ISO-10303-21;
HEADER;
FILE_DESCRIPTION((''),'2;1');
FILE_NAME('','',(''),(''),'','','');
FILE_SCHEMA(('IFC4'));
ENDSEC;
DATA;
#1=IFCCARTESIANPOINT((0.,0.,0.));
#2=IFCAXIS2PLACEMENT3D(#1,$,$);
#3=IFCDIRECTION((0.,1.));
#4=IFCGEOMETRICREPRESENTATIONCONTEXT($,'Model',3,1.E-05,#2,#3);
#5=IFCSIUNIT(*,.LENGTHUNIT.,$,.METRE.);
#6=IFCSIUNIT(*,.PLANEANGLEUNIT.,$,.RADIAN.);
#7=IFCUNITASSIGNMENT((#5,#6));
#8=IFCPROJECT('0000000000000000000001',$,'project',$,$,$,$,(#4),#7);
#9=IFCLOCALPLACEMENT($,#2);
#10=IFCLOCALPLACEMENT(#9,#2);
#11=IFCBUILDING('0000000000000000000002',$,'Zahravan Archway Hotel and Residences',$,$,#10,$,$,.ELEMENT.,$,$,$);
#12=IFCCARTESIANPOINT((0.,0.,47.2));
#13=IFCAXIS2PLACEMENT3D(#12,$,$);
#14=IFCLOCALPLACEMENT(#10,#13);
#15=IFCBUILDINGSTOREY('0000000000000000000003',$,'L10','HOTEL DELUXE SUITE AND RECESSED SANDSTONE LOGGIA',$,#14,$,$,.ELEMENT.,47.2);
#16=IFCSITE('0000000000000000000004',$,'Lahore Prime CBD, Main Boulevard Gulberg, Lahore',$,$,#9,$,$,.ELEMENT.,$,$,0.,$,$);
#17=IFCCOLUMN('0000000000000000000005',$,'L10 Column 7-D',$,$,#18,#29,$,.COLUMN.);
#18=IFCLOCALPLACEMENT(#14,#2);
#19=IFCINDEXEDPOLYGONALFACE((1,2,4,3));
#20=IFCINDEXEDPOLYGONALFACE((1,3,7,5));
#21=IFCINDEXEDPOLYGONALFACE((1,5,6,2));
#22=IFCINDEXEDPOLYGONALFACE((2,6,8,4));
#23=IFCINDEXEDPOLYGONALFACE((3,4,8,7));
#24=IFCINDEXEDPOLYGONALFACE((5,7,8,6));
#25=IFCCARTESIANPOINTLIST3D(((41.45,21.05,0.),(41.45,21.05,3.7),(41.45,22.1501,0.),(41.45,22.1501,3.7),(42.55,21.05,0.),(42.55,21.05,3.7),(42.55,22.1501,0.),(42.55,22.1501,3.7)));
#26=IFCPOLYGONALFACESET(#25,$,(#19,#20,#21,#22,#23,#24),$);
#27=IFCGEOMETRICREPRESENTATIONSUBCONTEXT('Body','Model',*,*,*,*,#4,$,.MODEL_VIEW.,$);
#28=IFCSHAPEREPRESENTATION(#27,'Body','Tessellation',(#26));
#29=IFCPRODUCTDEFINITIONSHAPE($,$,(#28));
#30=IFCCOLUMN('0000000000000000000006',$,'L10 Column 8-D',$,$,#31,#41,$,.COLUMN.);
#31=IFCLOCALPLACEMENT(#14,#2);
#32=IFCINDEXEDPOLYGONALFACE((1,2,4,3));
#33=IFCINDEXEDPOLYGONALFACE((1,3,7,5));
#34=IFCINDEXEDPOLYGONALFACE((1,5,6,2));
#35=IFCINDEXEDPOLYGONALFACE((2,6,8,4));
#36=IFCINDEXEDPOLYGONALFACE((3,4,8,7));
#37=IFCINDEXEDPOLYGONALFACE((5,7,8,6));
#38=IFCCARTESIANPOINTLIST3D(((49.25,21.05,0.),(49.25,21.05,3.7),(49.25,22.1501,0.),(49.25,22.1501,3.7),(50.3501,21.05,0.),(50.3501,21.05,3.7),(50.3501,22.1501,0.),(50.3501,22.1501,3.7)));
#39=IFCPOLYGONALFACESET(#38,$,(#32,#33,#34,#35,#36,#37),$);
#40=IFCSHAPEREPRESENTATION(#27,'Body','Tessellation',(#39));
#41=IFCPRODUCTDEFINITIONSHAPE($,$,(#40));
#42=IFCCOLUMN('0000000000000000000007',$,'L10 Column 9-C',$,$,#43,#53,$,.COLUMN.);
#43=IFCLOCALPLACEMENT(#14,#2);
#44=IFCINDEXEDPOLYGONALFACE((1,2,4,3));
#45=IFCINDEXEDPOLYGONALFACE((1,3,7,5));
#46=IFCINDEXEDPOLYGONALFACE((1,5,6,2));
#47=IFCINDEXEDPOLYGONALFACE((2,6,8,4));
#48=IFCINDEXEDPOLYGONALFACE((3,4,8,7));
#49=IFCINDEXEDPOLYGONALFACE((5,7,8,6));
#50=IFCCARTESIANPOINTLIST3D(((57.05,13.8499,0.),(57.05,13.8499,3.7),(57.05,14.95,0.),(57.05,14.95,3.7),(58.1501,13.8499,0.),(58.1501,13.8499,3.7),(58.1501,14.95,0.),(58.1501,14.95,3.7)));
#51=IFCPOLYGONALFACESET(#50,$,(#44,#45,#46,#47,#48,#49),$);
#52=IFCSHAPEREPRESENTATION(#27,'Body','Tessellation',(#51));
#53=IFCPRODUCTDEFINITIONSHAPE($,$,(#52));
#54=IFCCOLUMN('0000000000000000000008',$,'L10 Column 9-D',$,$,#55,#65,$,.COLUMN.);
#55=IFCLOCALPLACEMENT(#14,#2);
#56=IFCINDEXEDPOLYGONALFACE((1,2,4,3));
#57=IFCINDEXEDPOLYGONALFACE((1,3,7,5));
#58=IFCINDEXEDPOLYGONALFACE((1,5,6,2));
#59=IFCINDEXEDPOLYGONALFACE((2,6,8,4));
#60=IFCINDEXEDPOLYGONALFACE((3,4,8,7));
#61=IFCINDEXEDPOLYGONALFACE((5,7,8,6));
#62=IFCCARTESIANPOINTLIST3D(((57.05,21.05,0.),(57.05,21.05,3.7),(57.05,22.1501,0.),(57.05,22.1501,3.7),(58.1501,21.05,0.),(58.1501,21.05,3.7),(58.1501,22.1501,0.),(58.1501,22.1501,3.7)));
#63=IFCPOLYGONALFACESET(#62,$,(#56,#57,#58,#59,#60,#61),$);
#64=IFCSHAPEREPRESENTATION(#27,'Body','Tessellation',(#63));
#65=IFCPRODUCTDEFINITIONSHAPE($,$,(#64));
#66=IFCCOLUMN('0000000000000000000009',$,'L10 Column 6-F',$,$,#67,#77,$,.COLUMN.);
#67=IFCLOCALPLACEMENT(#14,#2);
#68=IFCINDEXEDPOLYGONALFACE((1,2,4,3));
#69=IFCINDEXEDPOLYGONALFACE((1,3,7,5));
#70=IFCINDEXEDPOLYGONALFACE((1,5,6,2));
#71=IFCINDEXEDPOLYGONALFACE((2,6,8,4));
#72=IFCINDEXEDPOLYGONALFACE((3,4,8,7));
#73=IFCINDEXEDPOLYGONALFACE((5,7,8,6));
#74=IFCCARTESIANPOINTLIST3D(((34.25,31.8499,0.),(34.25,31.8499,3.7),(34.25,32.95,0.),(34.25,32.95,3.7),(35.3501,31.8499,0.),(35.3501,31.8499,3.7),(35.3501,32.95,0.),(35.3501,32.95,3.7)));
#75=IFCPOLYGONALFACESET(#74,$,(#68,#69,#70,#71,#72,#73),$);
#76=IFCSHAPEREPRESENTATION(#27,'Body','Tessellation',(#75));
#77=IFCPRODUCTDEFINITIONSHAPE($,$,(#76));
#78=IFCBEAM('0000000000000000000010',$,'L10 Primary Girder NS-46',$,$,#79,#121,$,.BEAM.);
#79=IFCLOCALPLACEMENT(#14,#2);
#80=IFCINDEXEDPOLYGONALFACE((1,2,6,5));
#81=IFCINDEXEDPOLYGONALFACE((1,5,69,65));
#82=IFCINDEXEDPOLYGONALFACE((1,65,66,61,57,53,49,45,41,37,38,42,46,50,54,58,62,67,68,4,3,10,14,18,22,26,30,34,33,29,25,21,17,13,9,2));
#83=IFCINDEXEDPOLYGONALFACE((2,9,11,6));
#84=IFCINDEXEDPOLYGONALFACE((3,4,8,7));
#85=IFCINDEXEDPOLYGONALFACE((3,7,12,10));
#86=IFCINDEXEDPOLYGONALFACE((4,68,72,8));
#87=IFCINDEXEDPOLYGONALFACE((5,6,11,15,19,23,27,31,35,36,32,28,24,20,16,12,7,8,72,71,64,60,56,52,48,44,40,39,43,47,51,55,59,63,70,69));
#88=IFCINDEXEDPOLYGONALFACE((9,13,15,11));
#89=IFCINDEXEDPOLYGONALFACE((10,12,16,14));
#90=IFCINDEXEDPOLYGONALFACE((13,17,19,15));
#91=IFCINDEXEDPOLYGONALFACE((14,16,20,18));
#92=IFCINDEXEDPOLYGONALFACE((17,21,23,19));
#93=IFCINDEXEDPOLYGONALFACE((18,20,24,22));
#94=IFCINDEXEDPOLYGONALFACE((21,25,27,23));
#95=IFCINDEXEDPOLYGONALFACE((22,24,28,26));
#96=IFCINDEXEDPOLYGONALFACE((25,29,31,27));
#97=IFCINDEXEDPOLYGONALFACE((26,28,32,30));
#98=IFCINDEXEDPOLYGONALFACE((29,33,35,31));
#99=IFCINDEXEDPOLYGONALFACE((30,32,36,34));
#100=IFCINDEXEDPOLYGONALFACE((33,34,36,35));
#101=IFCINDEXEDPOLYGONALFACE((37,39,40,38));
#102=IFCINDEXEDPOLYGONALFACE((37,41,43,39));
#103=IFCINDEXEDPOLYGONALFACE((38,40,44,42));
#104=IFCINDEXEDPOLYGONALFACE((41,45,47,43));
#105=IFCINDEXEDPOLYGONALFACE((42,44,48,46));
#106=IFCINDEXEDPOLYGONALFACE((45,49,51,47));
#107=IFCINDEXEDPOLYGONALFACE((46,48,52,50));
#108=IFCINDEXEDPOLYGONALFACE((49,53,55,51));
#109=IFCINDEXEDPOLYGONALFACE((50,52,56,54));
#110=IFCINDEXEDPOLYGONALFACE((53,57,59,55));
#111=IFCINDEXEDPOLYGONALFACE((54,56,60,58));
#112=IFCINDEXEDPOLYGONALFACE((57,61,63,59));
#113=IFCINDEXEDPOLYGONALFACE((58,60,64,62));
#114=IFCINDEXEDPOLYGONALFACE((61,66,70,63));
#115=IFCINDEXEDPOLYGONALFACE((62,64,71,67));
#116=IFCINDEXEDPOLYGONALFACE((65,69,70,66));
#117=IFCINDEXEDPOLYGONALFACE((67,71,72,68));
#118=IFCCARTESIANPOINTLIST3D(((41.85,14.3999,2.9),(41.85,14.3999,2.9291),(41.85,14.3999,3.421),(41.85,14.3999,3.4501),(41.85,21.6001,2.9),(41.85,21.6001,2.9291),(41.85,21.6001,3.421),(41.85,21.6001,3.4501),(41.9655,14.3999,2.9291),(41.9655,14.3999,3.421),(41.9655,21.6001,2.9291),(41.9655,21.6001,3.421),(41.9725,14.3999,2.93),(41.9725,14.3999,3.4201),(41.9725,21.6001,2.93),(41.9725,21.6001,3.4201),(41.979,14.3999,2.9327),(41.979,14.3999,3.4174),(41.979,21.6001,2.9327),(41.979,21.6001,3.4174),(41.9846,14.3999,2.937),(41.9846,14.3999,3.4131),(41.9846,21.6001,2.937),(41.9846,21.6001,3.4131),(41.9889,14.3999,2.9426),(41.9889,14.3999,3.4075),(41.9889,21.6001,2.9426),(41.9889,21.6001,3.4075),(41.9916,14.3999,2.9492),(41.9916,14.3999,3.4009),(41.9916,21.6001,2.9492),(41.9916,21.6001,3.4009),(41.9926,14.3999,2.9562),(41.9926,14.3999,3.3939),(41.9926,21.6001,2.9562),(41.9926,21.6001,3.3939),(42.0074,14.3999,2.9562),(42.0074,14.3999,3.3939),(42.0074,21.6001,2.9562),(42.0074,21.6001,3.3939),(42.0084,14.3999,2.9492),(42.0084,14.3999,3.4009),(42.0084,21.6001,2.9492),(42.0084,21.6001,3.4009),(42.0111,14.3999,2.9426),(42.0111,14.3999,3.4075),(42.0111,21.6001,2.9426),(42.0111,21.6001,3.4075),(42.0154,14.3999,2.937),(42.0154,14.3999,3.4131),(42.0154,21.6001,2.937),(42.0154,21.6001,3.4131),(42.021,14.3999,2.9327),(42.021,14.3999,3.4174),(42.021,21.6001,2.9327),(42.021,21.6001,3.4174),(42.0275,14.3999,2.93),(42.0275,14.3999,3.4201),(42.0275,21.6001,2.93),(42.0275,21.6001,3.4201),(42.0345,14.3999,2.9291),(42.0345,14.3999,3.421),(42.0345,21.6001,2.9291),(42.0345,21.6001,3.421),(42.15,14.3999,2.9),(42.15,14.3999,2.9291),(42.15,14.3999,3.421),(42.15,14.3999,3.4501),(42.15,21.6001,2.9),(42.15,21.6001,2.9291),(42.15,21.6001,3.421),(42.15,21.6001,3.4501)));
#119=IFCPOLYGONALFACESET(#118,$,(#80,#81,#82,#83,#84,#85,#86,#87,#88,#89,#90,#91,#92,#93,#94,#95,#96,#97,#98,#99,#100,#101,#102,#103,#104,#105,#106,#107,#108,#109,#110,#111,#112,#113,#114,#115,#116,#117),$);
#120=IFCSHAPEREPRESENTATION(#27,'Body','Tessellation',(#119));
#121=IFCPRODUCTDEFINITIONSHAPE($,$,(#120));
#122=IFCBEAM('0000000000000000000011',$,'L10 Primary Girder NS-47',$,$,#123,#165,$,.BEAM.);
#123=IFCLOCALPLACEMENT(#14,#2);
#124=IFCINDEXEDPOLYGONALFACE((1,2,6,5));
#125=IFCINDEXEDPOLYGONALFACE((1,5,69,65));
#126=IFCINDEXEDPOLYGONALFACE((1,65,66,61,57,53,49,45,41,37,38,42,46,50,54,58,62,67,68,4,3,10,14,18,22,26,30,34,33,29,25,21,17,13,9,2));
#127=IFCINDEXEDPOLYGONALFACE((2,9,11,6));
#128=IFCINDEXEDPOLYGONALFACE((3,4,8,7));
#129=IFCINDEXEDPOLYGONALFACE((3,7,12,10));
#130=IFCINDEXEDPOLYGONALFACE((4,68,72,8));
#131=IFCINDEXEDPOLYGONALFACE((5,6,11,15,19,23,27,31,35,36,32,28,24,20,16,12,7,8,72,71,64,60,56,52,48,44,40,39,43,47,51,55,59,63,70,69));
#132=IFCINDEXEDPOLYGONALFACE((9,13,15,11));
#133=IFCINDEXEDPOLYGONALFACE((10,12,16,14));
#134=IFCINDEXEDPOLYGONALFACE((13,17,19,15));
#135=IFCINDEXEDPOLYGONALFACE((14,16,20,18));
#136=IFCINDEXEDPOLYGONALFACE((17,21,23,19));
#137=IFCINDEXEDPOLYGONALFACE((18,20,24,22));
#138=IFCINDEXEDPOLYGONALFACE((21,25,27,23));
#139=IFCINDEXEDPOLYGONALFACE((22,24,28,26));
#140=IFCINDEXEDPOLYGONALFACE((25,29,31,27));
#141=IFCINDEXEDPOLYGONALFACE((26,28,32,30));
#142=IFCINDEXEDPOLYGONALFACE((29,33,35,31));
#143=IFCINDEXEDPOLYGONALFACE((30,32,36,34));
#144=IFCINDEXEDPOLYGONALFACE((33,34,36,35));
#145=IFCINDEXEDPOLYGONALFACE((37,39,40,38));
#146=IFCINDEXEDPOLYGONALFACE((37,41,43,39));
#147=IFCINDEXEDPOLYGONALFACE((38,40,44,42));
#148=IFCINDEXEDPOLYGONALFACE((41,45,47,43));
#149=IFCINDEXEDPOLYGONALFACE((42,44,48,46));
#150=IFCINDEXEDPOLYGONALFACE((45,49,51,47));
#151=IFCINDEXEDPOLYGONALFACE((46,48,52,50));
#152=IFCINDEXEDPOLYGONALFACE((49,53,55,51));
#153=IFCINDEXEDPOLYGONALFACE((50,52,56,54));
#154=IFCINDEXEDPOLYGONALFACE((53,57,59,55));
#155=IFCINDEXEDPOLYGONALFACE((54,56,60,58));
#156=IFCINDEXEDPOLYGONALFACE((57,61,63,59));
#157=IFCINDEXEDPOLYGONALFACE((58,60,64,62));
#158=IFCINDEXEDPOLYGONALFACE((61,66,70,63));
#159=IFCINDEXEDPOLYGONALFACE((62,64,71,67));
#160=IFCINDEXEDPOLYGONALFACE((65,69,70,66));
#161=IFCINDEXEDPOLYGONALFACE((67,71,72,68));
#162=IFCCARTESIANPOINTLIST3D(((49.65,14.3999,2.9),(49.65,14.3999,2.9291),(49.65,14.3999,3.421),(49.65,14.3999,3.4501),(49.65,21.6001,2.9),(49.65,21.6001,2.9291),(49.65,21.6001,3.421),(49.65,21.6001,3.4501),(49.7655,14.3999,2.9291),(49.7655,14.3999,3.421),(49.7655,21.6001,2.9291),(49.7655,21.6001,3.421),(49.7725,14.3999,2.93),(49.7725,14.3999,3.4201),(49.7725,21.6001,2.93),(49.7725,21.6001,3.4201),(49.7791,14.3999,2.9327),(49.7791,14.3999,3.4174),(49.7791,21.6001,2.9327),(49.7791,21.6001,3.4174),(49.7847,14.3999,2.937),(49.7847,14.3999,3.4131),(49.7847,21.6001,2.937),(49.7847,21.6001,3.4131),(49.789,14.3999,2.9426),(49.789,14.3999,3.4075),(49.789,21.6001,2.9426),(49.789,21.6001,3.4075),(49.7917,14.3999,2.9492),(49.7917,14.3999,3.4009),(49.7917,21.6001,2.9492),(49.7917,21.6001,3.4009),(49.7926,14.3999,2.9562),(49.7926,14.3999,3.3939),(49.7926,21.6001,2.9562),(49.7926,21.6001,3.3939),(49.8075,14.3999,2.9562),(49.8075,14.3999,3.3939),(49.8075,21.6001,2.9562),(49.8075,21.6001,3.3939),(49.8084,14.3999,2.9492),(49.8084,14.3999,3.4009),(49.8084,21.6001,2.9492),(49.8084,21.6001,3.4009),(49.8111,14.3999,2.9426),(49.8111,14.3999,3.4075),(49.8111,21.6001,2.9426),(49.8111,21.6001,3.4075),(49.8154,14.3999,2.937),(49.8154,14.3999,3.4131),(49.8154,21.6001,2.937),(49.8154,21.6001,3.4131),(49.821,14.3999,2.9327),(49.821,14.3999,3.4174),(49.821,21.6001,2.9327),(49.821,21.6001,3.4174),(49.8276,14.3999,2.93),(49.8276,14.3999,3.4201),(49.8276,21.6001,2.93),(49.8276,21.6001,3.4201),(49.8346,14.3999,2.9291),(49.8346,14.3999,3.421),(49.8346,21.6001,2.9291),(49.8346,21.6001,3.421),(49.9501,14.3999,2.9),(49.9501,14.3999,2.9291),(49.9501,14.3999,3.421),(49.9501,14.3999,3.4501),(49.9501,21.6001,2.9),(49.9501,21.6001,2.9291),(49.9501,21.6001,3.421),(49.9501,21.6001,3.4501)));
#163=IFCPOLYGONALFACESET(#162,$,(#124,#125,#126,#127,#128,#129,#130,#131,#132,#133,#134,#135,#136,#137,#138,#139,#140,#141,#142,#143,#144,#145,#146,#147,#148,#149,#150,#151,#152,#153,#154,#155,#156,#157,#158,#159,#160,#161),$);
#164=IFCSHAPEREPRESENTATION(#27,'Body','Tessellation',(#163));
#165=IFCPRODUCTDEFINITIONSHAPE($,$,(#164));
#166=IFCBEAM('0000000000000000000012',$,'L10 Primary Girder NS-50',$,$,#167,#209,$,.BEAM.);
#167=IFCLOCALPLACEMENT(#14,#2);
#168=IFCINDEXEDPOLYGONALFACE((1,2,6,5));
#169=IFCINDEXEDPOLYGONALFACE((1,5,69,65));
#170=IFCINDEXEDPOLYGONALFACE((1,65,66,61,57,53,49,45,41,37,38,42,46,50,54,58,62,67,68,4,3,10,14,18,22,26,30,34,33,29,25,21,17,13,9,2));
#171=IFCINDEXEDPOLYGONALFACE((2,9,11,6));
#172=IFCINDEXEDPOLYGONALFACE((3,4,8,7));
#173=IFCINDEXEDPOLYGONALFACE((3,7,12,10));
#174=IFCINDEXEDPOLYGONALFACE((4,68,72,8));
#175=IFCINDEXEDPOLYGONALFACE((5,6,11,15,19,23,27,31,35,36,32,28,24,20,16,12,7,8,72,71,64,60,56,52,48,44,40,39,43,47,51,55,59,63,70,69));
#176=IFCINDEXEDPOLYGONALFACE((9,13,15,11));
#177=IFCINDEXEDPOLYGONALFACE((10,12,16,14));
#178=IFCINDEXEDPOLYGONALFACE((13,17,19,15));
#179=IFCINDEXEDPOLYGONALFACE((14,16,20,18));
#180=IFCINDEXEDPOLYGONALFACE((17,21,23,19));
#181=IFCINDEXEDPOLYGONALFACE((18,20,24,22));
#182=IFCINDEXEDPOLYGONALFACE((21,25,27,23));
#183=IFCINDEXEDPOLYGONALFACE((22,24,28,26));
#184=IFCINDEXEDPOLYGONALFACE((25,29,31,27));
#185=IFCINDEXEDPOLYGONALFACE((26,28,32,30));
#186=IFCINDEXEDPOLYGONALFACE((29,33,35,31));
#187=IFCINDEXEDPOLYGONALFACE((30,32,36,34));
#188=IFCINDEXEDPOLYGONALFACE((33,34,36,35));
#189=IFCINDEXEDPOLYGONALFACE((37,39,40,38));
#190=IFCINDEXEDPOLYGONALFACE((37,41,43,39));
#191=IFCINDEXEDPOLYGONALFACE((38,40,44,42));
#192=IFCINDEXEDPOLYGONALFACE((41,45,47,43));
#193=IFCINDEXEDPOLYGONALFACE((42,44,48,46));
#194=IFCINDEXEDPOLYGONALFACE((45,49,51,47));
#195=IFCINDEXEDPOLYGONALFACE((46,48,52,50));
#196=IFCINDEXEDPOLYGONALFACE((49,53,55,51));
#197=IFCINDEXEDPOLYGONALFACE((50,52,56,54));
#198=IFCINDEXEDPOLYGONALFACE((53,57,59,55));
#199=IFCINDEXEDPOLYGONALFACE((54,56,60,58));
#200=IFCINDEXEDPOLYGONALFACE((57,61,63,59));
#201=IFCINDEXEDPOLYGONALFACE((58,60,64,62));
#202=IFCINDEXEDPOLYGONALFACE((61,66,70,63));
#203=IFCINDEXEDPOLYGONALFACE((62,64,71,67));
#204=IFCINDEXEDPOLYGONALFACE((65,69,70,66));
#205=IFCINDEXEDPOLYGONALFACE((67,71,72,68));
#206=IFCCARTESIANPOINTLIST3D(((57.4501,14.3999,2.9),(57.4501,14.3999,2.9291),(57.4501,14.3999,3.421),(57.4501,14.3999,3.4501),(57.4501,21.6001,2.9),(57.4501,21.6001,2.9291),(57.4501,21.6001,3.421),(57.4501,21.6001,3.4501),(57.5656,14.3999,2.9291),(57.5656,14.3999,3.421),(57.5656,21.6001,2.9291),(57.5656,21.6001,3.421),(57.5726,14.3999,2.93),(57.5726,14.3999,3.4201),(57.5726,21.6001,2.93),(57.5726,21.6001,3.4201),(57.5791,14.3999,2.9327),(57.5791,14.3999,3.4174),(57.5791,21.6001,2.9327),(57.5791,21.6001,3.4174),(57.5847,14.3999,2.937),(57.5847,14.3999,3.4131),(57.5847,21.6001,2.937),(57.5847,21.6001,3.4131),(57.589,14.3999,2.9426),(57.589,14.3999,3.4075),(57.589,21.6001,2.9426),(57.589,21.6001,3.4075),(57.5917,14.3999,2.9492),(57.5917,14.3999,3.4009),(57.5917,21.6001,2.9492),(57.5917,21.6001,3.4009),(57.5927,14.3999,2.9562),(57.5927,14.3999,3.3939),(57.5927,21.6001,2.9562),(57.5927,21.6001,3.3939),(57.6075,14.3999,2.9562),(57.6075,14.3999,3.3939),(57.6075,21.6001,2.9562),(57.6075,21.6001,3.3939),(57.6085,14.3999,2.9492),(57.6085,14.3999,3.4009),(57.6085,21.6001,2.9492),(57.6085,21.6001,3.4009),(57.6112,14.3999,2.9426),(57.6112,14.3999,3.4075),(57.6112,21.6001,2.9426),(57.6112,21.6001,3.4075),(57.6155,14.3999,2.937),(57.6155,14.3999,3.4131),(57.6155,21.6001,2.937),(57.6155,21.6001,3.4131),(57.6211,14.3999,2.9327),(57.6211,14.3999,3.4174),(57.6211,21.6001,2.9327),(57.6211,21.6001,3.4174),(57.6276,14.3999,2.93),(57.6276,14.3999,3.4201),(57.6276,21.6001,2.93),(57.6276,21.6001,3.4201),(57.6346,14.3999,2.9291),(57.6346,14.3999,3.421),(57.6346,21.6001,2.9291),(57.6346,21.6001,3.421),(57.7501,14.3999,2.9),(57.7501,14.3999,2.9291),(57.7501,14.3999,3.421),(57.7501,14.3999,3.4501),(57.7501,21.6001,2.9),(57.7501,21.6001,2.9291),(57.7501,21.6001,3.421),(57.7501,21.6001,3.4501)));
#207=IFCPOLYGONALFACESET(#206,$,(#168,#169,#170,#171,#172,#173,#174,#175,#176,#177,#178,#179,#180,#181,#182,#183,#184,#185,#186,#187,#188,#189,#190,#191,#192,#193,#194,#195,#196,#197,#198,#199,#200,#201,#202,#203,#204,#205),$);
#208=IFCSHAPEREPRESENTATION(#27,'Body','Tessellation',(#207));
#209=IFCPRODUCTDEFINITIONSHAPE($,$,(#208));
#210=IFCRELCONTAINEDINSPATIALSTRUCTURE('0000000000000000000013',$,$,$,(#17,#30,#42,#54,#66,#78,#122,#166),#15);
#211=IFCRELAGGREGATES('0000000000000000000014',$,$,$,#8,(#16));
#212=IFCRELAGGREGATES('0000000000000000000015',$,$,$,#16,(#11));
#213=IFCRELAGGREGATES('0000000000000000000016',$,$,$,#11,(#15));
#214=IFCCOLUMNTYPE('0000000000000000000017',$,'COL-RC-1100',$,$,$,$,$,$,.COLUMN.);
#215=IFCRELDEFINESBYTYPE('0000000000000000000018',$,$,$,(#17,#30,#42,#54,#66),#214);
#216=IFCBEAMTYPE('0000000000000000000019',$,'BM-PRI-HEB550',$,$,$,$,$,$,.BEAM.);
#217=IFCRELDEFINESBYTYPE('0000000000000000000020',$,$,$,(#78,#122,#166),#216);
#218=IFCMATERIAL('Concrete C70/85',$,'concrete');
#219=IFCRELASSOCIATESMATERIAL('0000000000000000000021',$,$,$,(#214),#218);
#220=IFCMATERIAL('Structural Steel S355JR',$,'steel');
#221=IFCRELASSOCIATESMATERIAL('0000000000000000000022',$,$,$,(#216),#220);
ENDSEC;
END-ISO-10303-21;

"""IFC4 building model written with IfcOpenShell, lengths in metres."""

from ifc_helpers import new_model, si_unit, direction, frame, origin, origin_2d, place, context, subcontext, project, spatial, rectangle, i_section, extrude, source, transform, mapped, material, material_profile, profile_set, type_object, type_shapes, element, save


model = new_model("IFC4")

# Units and contexts
model_context = context("Model", 3, precision=1e-05, world=origin(), true_north=direction((0.0, 1.0)))
body_context = subcontext(model_context, "Body", "Model", "MODEL_VIEW")
ifc_project = project(units=[si_unit("LENGTHUNIT", "METRE"), si_unit("PLANEANGLEUNIT", "RADIAN")], contexts=[model_context])

# Site, building, storey
site_placement = place(None, origin())
site = spatial("IfcSite", under=ifc_project, at=site_placement, Name="Lahore Prime CBD, Main Boulevard Gulberg, Lahore", CompositionType="ELEMENT", RefElevation=0.0)
building_placement = place(site_placement, origin())
building = spatial("IfcBuilding", under=site, at=building_placement, Name="Zahravan Archway Hotel and Residences", CompositionType="ELEMENT")
storey_placement = place(building_placement, frame((0.0, 0.0, 47.2)))
storey = spatial("IfcBuildingStorey", under=building, at=storey_placement, Name="L10", Description="HOTEL DELUXE SUITE AND RECESSED SANDSTONE LOGGIA", CompositionType="ELEMENT", Elevation=47.2)

# Columns
ifc_material_1 = material(Name="Concrete C70/85", Category="concrete")
ifc_material_profile_1 = material_profile(ifc_material_1, rectangle(XDim=1.1001, YDim=1.1001, at=origin_2d()), Name="RC 1100x1100", Category="concrete")
ifc_profile_set_1 = profile_set([ifc_material_profile_1], Name="Concrete C70/85")
column_type = type_object("IfcColumnType", Name="COL-RC-1100", PredefinedType="COLUMN", material=ifc_profile_set_1)
shared_shape_1 = source(origin(), body_context, "Body", "SweptSolid", [
    extrude(rectangle(XDim=1.1001, YDim=1.1001, at=origin_2d()), origin(), (0.0, 0.0, 1.0), 3.7),
])
for number, where, z_axis, x_axis, name in (
    (1, (42.0, 21.6001, 0.0), (0.0, 0.0, 1.0), (1.0, 0.0, 0.0), "L10 Column 7-D"),
    (2, (49.8, 21.6001, 0.0), (0.0, 0.0, 1.0), (1.0, 0.0, 0.0), "L10 Column 8-D"),
    (3, (57.6001, 14.3999, 0.0), (0.0, 0.0, 1.0), (1.0, 0.0, 0.0), "L10 Column 9-C"),
    (4, (57.6001, 21.6001, 0.0), (0.0, 0.0, 1.0), (1.0, 0.0, 0.0), "L10 Column 9-D"),
    (5, (34.8, 32.3999, 0.0), (0.0, 0.0, 1.0), (1.0, 0.0, 0.0), "L10 Column 6-F"),
):
    element("IfcColumn", number, at=place(storey_placement, frame(where, z_axis=z_axis, x_axis=x_axis)), inside=storey, type_object=column_type, Name=name, PredefinedType="COLUMN", context=body_context, shape_type="MappedRepresentation", body=[
        mapped(shared_shape_1, transform((0.0, 0.0, 0.0), scale=1.0)),
    ])

# Beams
ifc_material_2 = material(Name="Structural Steel S355JR", Category="steel")
ifc_material_profile_2 = material_profile(ifc_material_2, i_section(OverallWidth=0.3, OverallDepth=0.55, WebThickness=0.0149, FlangeThickness=0.0291, FilletRadius=0.0271, at=origin_2d()), Name="HEB 550", Category="steel")
ifc_profile_set_2 = profile_set([ifc_material_profile_2], Name="Structural Steel S355JR")
beam_type_1 = type_object("IfcBeamType", Name="BM-PRI-HEB550", PredefinedType="BEAM", material=ifc_profile_set_2)
shared_shape_2 = source(origin(), body_context, "Body", "SweptSolid", [
    extrude(i_section(OverallWidth=0.3, OverallDepth=0.55, WebThickness=0.0149, FlangeThickness=0.0291, FilletRadius=0.0271, at=origin_2d()), origin(), (0.0, 0.0, 1.0), 7.2002),
])
type_shapes(beam_type_1, [shared_shape_2])
for number, where, z_axis, x_axis, name in (
    (6, (42.0, 14.3999, 3.175), (0.0, 1.0, 0.0), (-1.0, 0.0, 0.0), "L10 Primary Girder NS-46"),
    (7, (49.8, 14.3999, 3.175), (0.0, 1.0, 0.0), (-1.0, 0.0, 0.0), "L10 Primary Girder NS-47"),
    (8, (57.6001, 14.3999, 3.175), (0.0, 1.0, 0.0), (-1.0, 0.0, 0.0), "L10 Primary Girder NS-50"),
):
    element("IfcBeam", number, at=place(storey_placement, frame(where, z_axis=z_axis, x_axis=x_axis)), inside=storey, type_object=beam_type_1, Name=name, PredefinedType="BEAM", context=body_context, shape_type="MappedRepresentation", body=[
        mapped(shared_shape_2, transform((0.0, 0.0, 0.0), scale=1.0)),
    ])

save(model, "model.ifc")
